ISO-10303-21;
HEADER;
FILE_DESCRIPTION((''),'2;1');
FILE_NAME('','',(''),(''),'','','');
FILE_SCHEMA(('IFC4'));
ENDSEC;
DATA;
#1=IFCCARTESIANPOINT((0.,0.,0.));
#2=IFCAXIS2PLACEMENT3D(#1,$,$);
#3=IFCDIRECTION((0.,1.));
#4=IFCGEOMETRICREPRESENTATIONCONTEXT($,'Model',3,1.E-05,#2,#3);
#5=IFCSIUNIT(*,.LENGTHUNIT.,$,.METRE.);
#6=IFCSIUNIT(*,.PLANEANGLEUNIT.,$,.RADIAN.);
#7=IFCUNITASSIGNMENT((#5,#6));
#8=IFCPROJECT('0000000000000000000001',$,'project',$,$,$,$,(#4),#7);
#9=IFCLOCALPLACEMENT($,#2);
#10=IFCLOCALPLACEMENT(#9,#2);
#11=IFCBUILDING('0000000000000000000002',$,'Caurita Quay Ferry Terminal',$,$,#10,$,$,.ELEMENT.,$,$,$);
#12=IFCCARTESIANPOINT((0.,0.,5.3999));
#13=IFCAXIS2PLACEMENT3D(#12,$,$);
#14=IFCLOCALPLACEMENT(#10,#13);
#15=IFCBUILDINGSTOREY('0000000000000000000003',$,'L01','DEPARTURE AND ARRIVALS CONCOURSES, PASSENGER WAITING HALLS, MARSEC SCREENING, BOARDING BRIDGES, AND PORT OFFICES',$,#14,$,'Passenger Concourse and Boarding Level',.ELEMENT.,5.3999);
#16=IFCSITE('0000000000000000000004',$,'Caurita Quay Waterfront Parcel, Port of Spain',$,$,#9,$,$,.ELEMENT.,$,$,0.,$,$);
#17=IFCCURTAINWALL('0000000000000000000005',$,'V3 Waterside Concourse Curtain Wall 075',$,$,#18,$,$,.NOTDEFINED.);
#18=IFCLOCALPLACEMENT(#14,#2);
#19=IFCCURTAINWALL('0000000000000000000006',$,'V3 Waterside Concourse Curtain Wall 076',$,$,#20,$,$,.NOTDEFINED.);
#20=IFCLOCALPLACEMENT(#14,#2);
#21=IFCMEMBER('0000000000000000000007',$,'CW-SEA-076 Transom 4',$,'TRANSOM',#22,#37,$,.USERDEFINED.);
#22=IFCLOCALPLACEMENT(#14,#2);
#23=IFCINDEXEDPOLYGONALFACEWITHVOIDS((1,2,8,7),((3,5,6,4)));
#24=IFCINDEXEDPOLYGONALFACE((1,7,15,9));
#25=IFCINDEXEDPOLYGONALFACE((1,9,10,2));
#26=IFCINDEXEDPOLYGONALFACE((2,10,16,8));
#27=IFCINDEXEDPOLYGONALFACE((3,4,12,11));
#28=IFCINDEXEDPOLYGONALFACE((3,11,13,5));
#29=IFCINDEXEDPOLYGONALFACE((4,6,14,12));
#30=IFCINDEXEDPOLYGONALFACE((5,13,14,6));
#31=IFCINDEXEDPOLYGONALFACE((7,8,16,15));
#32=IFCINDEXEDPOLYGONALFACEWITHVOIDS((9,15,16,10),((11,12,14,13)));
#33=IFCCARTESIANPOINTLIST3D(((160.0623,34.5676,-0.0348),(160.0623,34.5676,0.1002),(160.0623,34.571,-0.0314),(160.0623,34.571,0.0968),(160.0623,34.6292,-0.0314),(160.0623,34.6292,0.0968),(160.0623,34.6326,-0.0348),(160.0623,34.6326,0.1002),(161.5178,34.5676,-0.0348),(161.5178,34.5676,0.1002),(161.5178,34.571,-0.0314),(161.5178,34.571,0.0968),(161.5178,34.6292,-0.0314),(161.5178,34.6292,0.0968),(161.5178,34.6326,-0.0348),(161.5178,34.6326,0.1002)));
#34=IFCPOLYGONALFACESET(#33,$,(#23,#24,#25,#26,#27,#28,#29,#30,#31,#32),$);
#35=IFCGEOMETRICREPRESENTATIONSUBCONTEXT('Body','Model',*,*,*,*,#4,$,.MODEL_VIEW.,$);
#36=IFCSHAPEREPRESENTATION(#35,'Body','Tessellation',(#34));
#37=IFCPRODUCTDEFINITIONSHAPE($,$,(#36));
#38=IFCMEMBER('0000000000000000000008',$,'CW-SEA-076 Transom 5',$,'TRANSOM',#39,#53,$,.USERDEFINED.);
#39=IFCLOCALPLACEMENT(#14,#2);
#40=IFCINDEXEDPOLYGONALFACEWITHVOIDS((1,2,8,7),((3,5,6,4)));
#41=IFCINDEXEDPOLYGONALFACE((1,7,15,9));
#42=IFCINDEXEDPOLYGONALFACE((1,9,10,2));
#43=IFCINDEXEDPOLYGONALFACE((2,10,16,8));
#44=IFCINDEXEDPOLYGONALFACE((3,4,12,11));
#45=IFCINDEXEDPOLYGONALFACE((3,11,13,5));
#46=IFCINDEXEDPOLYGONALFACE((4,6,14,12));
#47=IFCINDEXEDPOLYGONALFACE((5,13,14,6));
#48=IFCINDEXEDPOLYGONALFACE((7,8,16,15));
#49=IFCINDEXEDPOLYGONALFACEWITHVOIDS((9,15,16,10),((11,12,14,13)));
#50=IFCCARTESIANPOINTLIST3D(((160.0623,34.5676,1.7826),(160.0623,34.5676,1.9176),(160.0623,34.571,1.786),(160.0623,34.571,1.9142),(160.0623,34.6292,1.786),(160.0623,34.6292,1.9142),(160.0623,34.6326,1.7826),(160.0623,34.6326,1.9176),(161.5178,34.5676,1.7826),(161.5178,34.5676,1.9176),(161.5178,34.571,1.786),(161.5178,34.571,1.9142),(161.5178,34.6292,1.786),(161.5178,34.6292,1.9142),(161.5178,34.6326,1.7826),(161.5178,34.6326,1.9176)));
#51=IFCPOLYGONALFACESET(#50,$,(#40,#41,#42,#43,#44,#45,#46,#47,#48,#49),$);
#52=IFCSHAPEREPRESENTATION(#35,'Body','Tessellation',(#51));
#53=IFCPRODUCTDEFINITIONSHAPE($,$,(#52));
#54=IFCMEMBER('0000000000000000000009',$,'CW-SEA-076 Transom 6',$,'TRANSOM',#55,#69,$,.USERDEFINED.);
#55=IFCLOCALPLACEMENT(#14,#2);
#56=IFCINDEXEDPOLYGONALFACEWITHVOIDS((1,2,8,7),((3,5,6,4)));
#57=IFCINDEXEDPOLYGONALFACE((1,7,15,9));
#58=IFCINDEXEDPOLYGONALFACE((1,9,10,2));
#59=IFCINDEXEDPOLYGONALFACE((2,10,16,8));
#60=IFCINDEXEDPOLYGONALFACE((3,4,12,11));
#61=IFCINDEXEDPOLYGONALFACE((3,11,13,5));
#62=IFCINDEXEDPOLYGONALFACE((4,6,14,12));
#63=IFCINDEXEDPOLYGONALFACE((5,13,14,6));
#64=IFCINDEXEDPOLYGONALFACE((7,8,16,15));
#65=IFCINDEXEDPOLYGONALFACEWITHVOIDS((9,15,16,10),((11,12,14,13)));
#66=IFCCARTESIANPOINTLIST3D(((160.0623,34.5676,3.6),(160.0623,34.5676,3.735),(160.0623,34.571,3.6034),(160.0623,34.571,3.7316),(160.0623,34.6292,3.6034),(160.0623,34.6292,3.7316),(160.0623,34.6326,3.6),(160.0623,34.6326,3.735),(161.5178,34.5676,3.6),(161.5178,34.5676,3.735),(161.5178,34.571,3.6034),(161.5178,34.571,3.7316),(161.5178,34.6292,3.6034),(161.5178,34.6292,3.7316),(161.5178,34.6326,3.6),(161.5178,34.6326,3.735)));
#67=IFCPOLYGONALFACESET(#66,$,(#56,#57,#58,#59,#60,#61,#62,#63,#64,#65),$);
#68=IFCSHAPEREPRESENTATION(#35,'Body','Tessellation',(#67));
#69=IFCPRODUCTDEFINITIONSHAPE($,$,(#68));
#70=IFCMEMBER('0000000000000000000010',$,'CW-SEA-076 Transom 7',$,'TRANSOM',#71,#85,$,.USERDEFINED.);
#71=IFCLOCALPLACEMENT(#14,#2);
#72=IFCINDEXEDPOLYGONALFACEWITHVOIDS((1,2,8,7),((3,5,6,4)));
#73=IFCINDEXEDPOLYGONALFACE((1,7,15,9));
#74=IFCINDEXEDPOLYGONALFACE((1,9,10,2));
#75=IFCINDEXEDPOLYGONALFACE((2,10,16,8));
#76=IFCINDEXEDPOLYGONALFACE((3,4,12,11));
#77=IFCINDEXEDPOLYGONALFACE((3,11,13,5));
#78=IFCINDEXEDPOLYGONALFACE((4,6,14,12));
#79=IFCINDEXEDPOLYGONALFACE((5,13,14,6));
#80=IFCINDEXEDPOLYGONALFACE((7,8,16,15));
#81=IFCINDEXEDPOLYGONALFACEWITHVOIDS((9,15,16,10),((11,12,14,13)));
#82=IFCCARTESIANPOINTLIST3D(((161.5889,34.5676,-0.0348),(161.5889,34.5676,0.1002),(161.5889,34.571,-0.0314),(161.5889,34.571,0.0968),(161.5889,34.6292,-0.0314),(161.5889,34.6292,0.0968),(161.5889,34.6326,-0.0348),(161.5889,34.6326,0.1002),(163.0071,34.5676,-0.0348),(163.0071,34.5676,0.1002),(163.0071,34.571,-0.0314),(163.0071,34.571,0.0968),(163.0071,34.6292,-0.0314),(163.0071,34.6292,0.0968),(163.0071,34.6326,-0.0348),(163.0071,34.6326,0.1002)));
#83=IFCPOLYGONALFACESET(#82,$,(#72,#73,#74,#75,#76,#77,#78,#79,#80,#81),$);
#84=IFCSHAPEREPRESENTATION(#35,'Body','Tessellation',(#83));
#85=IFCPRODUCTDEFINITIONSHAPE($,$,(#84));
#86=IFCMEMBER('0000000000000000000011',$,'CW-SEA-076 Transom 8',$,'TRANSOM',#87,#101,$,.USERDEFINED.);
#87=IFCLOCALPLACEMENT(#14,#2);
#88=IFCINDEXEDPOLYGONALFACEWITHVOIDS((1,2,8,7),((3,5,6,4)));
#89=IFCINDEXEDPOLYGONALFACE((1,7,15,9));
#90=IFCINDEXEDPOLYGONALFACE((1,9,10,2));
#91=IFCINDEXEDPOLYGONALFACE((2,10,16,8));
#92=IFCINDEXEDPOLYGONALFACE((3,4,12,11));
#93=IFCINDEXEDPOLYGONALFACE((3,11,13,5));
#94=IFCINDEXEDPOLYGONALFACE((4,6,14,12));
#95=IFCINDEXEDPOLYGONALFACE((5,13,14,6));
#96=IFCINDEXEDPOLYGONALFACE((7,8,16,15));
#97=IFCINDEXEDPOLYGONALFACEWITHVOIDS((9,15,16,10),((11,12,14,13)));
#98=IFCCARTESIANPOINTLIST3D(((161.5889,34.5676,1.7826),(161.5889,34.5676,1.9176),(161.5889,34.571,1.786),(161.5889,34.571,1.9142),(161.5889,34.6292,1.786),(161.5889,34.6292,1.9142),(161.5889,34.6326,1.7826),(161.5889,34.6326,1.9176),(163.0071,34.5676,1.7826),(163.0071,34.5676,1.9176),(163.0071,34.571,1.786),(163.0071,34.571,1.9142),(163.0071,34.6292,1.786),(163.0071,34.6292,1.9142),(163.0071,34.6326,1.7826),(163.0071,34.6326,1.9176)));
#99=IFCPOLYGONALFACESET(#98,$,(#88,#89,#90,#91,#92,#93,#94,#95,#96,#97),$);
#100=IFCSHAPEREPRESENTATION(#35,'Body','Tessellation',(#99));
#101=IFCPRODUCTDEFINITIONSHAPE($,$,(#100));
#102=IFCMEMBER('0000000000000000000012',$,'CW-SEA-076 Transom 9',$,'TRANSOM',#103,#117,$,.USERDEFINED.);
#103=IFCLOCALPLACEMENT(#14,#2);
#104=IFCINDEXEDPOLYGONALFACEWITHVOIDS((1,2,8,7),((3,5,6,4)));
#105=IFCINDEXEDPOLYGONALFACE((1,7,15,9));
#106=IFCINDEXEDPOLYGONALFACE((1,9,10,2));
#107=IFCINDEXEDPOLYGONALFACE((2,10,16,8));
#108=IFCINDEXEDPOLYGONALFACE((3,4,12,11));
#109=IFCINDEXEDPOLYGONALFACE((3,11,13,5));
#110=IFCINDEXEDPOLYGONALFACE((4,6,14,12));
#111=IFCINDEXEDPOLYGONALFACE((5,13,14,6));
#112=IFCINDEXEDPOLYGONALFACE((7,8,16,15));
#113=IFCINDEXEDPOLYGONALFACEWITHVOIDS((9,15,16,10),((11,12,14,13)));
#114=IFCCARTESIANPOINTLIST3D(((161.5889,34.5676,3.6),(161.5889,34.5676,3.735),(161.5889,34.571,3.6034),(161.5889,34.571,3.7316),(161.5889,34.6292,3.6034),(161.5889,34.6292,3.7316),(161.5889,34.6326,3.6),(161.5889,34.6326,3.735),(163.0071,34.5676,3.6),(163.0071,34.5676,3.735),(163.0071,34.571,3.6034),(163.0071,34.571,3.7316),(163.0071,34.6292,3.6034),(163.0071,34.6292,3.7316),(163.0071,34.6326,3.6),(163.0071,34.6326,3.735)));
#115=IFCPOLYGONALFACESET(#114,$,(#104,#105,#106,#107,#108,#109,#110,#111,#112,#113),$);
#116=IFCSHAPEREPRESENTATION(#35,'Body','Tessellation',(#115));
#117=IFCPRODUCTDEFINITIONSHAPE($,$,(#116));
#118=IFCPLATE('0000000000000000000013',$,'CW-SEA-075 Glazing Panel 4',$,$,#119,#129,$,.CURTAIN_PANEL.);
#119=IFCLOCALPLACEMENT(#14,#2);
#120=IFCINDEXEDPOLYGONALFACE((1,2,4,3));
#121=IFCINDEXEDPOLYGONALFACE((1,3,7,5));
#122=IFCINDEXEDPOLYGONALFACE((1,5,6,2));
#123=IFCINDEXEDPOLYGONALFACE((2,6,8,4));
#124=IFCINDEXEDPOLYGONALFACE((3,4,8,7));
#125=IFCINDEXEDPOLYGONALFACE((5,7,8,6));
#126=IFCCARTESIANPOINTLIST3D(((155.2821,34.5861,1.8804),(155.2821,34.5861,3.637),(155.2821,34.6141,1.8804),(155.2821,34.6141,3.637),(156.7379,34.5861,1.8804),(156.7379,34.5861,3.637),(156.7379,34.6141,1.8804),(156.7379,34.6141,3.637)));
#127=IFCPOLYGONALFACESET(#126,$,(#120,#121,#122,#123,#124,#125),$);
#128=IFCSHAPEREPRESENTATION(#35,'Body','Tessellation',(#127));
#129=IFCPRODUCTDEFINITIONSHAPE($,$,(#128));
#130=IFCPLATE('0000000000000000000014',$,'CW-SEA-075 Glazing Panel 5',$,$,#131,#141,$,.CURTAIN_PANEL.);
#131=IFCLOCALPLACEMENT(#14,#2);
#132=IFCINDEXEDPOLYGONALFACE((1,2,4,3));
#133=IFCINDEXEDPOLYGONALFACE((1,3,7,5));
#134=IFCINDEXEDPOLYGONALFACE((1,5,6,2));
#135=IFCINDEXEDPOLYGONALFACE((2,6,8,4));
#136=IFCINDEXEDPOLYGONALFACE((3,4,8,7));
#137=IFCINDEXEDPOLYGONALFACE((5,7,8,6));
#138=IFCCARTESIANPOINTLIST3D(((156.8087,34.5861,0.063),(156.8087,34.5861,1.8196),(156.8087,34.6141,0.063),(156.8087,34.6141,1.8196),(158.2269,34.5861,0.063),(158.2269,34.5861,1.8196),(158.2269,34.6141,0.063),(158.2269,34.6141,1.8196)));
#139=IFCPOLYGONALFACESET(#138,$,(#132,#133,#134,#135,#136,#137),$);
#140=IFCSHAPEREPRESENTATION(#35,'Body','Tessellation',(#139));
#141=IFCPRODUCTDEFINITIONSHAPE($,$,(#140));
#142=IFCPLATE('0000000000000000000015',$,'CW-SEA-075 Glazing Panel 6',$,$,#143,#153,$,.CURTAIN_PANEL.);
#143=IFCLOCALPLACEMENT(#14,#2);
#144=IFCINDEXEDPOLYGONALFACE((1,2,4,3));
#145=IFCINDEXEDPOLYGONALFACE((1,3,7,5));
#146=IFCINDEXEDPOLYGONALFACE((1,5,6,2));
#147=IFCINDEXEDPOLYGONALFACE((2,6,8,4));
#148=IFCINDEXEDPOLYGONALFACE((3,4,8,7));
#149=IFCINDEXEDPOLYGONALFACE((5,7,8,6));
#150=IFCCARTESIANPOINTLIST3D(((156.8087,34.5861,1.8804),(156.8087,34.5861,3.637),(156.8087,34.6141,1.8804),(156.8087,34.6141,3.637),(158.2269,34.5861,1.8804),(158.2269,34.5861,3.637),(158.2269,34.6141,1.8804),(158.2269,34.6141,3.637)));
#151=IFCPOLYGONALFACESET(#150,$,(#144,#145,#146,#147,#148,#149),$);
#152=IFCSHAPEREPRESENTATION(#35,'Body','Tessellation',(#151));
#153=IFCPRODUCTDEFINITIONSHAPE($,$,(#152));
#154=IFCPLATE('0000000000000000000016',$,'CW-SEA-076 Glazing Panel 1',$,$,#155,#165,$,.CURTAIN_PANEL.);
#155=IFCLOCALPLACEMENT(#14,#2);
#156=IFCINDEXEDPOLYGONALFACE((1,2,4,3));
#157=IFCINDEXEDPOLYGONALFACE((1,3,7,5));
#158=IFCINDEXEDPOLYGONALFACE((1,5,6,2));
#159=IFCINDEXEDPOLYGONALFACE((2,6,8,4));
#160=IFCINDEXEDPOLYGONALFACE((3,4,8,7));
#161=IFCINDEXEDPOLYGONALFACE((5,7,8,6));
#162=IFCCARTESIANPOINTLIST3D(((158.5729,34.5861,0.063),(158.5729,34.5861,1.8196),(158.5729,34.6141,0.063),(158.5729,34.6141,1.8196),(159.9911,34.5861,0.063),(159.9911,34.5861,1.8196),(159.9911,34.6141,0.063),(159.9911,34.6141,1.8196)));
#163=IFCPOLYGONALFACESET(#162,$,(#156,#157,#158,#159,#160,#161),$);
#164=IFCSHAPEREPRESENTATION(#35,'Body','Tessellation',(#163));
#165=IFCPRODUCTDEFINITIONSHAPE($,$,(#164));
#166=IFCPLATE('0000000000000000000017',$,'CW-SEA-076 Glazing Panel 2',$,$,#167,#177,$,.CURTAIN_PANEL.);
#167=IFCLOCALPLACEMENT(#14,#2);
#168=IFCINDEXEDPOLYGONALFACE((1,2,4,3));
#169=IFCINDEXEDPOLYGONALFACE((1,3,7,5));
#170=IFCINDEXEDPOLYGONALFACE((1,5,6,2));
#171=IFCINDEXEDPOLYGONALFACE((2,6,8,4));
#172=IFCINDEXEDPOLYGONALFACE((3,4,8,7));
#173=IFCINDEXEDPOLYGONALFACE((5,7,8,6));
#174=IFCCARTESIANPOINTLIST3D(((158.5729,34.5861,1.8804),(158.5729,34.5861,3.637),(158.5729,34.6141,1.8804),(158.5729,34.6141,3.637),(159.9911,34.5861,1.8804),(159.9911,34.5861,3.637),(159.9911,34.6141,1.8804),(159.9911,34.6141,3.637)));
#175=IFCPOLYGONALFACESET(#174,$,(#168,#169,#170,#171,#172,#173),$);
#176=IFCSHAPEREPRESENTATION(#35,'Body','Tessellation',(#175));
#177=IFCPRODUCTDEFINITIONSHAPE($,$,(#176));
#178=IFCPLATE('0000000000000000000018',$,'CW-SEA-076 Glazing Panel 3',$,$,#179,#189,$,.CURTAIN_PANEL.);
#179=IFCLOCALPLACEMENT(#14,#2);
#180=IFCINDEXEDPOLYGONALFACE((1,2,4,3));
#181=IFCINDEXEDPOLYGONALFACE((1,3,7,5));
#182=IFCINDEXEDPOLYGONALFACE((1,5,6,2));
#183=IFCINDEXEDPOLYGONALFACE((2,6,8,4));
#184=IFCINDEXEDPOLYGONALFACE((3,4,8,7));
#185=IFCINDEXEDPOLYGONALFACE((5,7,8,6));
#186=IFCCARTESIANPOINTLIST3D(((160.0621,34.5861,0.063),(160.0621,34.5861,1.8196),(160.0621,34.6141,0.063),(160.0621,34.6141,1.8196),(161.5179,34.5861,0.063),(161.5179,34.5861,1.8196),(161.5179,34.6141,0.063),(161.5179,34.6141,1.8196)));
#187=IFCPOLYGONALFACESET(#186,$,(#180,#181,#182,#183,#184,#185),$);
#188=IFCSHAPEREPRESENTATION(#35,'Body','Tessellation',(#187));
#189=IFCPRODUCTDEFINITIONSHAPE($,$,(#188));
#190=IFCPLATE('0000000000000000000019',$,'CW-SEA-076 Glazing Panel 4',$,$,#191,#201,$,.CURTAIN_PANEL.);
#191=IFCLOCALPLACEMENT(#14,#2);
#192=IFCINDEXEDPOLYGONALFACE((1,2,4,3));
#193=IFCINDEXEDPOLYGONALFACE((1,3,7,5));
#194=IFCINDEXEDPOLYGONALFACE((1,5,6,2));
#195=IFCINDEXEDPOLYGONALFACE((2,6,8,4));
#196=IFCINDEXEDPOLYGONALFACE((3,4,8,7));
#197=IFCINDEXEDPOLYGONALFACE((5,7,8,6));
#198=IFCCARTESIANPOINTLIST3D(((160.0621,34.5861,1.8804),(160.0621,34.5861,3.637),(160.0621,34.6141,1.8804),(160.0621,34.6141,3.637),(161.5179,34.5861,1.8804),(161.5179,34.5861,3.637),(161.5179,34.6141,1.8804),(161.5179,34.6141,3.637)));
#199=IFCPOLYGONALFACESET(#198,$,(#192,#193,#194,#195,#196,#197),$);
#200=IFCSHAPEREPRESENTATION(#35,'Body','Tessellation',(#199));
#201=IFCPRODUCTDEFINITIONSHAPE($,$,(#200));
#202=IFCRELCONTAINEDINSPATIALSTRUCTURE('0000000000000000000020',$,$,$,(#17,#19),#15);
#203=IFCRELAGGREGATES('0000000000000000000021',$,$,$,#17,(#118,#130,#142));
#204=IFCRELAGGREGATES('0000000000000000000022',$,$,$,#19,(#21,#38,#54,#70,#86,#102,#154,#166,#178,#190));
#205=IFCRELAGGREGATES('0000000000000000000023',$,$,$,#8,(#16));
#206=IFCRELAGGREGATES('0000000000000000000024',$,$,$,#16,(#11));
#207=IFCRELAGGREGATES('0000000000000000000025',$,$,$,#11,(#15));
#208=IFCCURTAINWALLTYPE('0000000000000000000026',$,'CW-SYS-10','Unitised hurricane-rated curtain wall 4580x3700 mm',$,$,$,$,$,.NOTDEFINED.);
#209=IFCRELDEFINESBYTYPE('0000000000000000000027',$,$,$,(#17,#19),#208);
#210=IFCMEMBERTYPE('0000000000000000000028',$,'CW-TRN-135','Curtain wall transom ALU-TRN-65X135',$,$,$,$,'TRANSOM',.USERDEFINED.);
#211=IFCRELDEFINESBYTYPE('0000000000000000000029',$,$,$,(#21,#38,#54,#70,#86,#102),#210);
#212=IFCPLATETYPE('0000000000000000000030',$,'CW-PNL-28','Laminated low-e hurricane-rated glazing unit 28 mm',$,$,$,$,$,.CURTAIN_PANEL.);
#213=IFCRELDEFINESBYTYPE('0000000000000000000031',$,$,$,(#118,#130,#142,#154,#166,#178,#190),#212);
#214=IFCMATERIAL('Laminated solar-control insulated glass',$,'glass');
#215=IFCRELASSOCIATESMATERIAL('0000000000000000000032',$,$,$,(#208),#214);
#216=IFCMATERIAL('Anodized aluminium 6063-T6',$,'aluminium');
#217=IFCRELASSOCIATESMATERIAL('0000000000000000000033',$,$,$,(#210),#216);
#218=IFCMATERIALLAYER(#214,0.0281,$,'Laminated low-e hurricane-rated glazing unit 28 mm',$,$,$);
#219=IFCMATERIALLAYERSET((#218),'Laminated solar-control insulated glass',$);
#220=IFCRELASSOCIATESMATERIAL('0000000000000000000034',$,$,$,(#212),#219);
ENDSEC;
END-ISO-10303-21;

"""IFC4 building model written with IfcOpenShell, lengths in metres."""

from ifc_helpers import new_model, si_unit, direction, frame, origin, origin_2d, place, context, subcontext, project, spatial, rectangle, hollow_rectangle, extrude, material, layer, layer_set, material_profile, profile_set, type_object, element, aggregate, save


model = new_model("IFC4")

# Units and contexts
model_context = context("Model", 3, precision=1e-05, world=origin(), true_north=direction((0.0, 1.0)))
body_context = subcontext(model_context, "Body", "Model", "MODEL_VIEW")
ifc_project = project(units=[si_unit("LENGTHUNIT", "METRE"), si_unit("PLANEANGLEUNIT", "RADIAN")], contexts=[model_context])

# Site, building, storey
site_placement = place(None, origin())
site = spatial("IfcSite", under=ifc_project, at=site_placement, Name="Caurita Quay Waterfront Parcel, Port of Spain", CompositionType="ELEMENT", RefElevation=0.0)
building_placement = place(site_placement, origin())
building = spatial("IfcBuilding", under=site, at=building_placement, Name="Caurita Quay Ferry Terminal", CompositionType="ELEMENT")
storey_placement = place(building_placement, frame((0.0, 0.0, 5.3999)))
storey = spatial("IfcBuildingStorey", under=building, at=storey_placement, Name="L01", Description="DEPARTURE AND ARRIVALS CONCOURSES, PASSENGER WAITING HALLS, MARSEC SCREENING, BOARDING BRIDGES, AND PORT OFFICES", LongName="Passenger Concourse and Boarding Level", CompositionType="ELEMENT", Elevation=5.3999)

# Curtain walls
ifc_material_1 = material(Name="Laminated solar-control insulated glass", Category="glass")
curtain_wall_type = type_object("IfcCurtainWallType", Name="CW-SYS-10", Description="Unitised hurricane-rated curtain wall 4580x3700 mm", PredefinedType="NOTDEFINED", material=ifc_material_1)
curtain_wall_1_placement = place(storey_placement, origin())
curtain_wall_1 = element("IfcCurtainWall", 1, at=curtain_wall_1_placement, inside=storey, type_object=curtain_wall_type, Name="V3 Waterside Concourse Curtain Wall 075", PredefinedType="NOTDEFINED")
ifc_material_2 = material(Name="Anodized aluminium 6063-T6", Category="aluminium")
curtain_wall_2_placement = place(storey_placement, origin())
curtain_wall_2 = element("IfcCurtainWall", 2, at=curtain_wall_2_placement, inside=storey, type_object=curtain_wall_type, Name="V3 Waterside Concourse Curtain Wall 076", PredefinedType="NOTDEFINED")

# Members
ifc_material_profile_1 = material_profile(ifc_material_2, hollow_rectangle(XDim=0.0649, YDim=0.135, WallThickness=0.0034, at=origin_2d()), Name="ALU-TRN-65X135")
ifc_profile_set_1 = profile_set([ifc_material_profile_1], Name="Anodized aluminium 6063-T6")
member_type_1 = type_object("IfcMemberType", Name="CW-TRN-135", Description="Curtain wall transom ALU-TRN-65X135", ElementType="TRANSOM", PredefinedType="USERDEFINED", material=ifc_profile_set_1)
member_1_placement = place(storey_placement, frame((160.0623, 34.6001, 0.0327), z_axis=(1.0, 0.0, 0.0), x_axis=(0.0, 1.0, 0.0)))
member_1 = element("IfcMember", 3, at=member_1_placement, type_object=member_type_1, Name="CW-SEA-076 Transom 4", ObjectType="TRANSOM", PredefinedType="USERDEFINED", context=body_context, shape_type="SweptSolid", body=[
    extrude(hollow_rectangle(XDim=0.0649, YDim=0.135, WallThickness=0.0034, at=origin_2d()), origin(), (0.0, 0.0, 1.0), 1.4556),
])
member_2_placement = place(storey_placement, frame((160.0623, 34.6001, 1.8501), z_axis=(1.0, 0.0, 0.0), x_axis=(0.0, 1.0, 0.0)))
member_2 = element("IfcMember", 4, at=member_2_placement, type_object=member_type_1, Name="CW-SEA-076 Transom 5", ObjectType="TRANSOM", PredefinedType="USERDEFINED", context=body_context, shape_type="SweptSolid", body=[
    extrude(hollow_rectangle(XDim=0.0649, YDim=0.135, WallThickness=0.0034, at=origin_2d()), origin(), (0.0, 0.0, 1.0), 1.4556),
])
member_3_placement = place(storey_placement, frame((160.0623, 34.6001, 3.6675), z_axis=(1.0, 0.0, 0.0), x_axis=(0.0, 1.0, 0.0)))
member_3 = element("IfcMember", 5, at=member_3_placement, type_object=member_type_1, Name="CW-SEA-076 Transom 6", ObjectType="TRANSOM", PredefinedType="USERDEFINED", context=body_context, shape_type="SweptSolid", body=[
    extrude(hollow_rectangle(XDim=0.0649, YDim=0.135, WallThickness=0.0034, at=origin_2d()), origin(), (0.0, 0.0, 1.0), 1.4556),
])
member_4_placement = place(storey_placement, frame((161.5889, 34.6001, 0.0327), z_axis=(1.0, 0.0, 0.0), x_axis=(0.0, 1.0, 0.0)))
member_4 = element("IfcMember", 6, at=member_4_placement, type_object=member_type_1, Name="CW-SEA-076 Transom 7", ObjectType="TRANSOM", PredefinedType="USERDEFINED", context=body_context, shape_type="SweptSolid", body=[
    extrude(hollow_rectangle(XDim=0.0649, YDim=0.135, WallThickness=0.0034, at=origin_2d()), origin(), (0.0, 0.0, 1.0), 1.4182),
])
member_5_placement = place(storey_placement, frame((161.5889, 34.6001, 1.8501), z_axis=(1.0, 0.0, 0.0), x_axis=(0.0, 1.0, 0.0)))
member_5 = element("IfcMember", 7, at=member_5_placement, type_object=member_type_1, Name="CW-SEA-076 Transom 8", ObjectType="TRANSOM", PredefinedType="USERDEFINED", context=body_context, shape_type="SweptSolid", body=[
    extrude(hollow_rectangle(XDim=0.0649, YDim=0.135, WallThickness=0.0034, at=origin_2d()), origin(), (0.0, 0.0, 1.0), 1.4182),
])
member_6_placement = place(storey_placement, frame((161.5889, 34.6001, 3.6675), z_axis=(1.0, 0.0, 0.0), x_axis=(0.0, 1.0, 0.0)))
member_6 = element("IfcMember", 8, at=member_6_placement, type_object=member_type_1, Name="CW-SEA-076 Transom 9", ObjectType="TRANSOM", PredefinedType="USERDEFINED", context=body_context, shape_type="SweptSolid", body=[
    extrude(hollow_rectangle(XDim=0.0649, YDim=0.135, WallThickness=0.0034, at=origin_2d()), origin(), (0.0, 0.0, 1.0), 1.4182),
])

# Plates
ifc_layer_1 = layer(ifc_material_1, 0.0281, Name="Laminated low-e hurricane-rated glazing unit 28 mm")
ifc_layer_set_1 = layer_set([ifc_layer_1], Name="Laminated solar-control insulated glass")
plate_type = type_object("IfcPlateType", Name="CW-PNL-28", Description="Laminated low-e hurricane-rated glazing unit 28 mm", PredefinedType="CURTAIN_PANEL", material=ifc_layer_set_1)
plate_1_placement = place(storey_placement, frame((156.01, 34.6001, 1.8804), z_axis=(0.0, 0.0, 1.0), x_axis=(1.0, 0.0, 0.0)))
plate_1 = element("IfcPlate", 9, at=plate_1_placement, type_object=plate_type, Name="CW-SEA-075 Glazing Panel 4", PredefinedType="CURTAIN_PANEL", context=body_context, shape_type="SweptSolid", body=[
    extrude(rectangle(XDim=1.4558, YDim=0.0281, at=origin_2d()), origin(), (0.0, 0.0, 1.0), 1.7566),
])
plate_2_placement = place(storey_placement, frame((157.5178, 34.6001, 0.063), z_axis=(0.0, 0.0, 1.0), x_axis=(1.0, 0.0, 0.0)))
plate_2 = element("IfcPlate", 10, at=plate_2_placement, type_object=plate_type, Name="CW-SEA-075 Glazing Panel 5", PredefinedType="CURTAIN_PANEL", context=body_context, shape_type="SweptSolid", body=[
    extrude(rectangle(XDim=1.4182, YDim=0.0281, at=origin_2d()), origin(), (0.0, 0.0, 1.0), 1.7566),
])
plate_3_placement = place(storey_placement, frame((157.5178, 34.6001, 1.8804), z_axis=(0.0, 0.0, 1.0), x_axis=(1.0, 0.0, 0.0)))
plate_3 = element("IfcPlate", 11, at=plate_3_placement, type_object=plate_type, Name="CW-SEA-075 Glazing Panel 6", PredefinedType="CURTAIN_PANEL", context=body_context, shape_type="SweptSolid", body=[
    extrude(rectangle(XDim=1.4182, YDim=0.0281, at=origin_2d()), origin(), (0.0, 0.0, 1.0), 1.7566),
])
aggregate(curtain_wall_1, [plate_1, plate_2, plate_3])
plate_4_placement = place(storey_placement, frame((159.282, 34.6001, 0.063), z_axis=(0.0, 0.0, 1.0), x_axis=(1.0, 0.0, 0.0)))
plate_4 = element("IfcPlate", 12, at=plate_4_placement, type_object=plate_type, Name="CW-SEA-076 Glazing Panel 1", PredefinedType="CURTAIN_PANEL", context=body_context, shape_type="SweptSolid", body=[
    extrude(rectangle(XDim=1.4182, YDim=0.0281, at=origin_2d()), origin(), (0.0, 0.0, 1.0), 1.7566),
])
plate_5_placement = place(storey_placement, frame((159.282, 34.6001, 1.8804), z_axis=(0.0, 0.0, 1.0), x_axis=(1.0, 0.0, 0.0)))
plate_5 = element("IfcPlate", 13, at=plate_5_placement, type_object=plate_type, Name="CW-SEA-076 Glazing Panel 2", PredefinedType="CURTAIN_PANEL", context=body_context, shape_type="SweptSolid", body=[
    extrude(rectangle(XDim=1.4182, YDim=0.0281, at=origin_2d()), origin(), (0.0, 0.0, 1.0), 1.7566),
])
plate_6_placement = place(storey_placement, frame((160.79, 34.6001, 0.063), z_axis=(0.0, 0.0, 1.0), x_axis=(1.0, 0.0, 0.0)))
plate_6 = element("IfcPlate", 14, at=plate_6_placement, type_object=plate_type, Name="CW-SEA-076 Glazing Panel 3", PredefinedType="CURTAIN_PANEL", context=body_context, shape_type="SweptSolid", body=[
    extrude(rectangle(XDim=1.4558, YDim=0.0281, at=origin_2d()), origin(), (0.0, 0.0, 1.0), 1.7566),
])
plate_7_placement = place(storey_placement, frame((160.79, 34.6001, 1.8804), z_axis=(0.0, 0.0, 1.0), x_axis=(1.0, 0.0, 0.0)))
plate_7 = element("IfcPlate", 15, at=plate_7_placement, type_object=plate_type, Name="CW-SEA-076 Glazing Panel 4", PredefinedType="CURTAIN_PANEL", context=body_context, shape_type="SweptSolid", body=[
    extrude(rectangle(XDim=1.4558, YDim=0.0281, at=origin_2d()), origin(), (0.0, 0.0, 1.0), 1.7566),
])
aggregate(curtain_wall_2, [member_1, member_2, member_3, member_4, member_5, member_6, plate_4, plate_5, plate_6, plate_7])

save(model, "model.ifc")
